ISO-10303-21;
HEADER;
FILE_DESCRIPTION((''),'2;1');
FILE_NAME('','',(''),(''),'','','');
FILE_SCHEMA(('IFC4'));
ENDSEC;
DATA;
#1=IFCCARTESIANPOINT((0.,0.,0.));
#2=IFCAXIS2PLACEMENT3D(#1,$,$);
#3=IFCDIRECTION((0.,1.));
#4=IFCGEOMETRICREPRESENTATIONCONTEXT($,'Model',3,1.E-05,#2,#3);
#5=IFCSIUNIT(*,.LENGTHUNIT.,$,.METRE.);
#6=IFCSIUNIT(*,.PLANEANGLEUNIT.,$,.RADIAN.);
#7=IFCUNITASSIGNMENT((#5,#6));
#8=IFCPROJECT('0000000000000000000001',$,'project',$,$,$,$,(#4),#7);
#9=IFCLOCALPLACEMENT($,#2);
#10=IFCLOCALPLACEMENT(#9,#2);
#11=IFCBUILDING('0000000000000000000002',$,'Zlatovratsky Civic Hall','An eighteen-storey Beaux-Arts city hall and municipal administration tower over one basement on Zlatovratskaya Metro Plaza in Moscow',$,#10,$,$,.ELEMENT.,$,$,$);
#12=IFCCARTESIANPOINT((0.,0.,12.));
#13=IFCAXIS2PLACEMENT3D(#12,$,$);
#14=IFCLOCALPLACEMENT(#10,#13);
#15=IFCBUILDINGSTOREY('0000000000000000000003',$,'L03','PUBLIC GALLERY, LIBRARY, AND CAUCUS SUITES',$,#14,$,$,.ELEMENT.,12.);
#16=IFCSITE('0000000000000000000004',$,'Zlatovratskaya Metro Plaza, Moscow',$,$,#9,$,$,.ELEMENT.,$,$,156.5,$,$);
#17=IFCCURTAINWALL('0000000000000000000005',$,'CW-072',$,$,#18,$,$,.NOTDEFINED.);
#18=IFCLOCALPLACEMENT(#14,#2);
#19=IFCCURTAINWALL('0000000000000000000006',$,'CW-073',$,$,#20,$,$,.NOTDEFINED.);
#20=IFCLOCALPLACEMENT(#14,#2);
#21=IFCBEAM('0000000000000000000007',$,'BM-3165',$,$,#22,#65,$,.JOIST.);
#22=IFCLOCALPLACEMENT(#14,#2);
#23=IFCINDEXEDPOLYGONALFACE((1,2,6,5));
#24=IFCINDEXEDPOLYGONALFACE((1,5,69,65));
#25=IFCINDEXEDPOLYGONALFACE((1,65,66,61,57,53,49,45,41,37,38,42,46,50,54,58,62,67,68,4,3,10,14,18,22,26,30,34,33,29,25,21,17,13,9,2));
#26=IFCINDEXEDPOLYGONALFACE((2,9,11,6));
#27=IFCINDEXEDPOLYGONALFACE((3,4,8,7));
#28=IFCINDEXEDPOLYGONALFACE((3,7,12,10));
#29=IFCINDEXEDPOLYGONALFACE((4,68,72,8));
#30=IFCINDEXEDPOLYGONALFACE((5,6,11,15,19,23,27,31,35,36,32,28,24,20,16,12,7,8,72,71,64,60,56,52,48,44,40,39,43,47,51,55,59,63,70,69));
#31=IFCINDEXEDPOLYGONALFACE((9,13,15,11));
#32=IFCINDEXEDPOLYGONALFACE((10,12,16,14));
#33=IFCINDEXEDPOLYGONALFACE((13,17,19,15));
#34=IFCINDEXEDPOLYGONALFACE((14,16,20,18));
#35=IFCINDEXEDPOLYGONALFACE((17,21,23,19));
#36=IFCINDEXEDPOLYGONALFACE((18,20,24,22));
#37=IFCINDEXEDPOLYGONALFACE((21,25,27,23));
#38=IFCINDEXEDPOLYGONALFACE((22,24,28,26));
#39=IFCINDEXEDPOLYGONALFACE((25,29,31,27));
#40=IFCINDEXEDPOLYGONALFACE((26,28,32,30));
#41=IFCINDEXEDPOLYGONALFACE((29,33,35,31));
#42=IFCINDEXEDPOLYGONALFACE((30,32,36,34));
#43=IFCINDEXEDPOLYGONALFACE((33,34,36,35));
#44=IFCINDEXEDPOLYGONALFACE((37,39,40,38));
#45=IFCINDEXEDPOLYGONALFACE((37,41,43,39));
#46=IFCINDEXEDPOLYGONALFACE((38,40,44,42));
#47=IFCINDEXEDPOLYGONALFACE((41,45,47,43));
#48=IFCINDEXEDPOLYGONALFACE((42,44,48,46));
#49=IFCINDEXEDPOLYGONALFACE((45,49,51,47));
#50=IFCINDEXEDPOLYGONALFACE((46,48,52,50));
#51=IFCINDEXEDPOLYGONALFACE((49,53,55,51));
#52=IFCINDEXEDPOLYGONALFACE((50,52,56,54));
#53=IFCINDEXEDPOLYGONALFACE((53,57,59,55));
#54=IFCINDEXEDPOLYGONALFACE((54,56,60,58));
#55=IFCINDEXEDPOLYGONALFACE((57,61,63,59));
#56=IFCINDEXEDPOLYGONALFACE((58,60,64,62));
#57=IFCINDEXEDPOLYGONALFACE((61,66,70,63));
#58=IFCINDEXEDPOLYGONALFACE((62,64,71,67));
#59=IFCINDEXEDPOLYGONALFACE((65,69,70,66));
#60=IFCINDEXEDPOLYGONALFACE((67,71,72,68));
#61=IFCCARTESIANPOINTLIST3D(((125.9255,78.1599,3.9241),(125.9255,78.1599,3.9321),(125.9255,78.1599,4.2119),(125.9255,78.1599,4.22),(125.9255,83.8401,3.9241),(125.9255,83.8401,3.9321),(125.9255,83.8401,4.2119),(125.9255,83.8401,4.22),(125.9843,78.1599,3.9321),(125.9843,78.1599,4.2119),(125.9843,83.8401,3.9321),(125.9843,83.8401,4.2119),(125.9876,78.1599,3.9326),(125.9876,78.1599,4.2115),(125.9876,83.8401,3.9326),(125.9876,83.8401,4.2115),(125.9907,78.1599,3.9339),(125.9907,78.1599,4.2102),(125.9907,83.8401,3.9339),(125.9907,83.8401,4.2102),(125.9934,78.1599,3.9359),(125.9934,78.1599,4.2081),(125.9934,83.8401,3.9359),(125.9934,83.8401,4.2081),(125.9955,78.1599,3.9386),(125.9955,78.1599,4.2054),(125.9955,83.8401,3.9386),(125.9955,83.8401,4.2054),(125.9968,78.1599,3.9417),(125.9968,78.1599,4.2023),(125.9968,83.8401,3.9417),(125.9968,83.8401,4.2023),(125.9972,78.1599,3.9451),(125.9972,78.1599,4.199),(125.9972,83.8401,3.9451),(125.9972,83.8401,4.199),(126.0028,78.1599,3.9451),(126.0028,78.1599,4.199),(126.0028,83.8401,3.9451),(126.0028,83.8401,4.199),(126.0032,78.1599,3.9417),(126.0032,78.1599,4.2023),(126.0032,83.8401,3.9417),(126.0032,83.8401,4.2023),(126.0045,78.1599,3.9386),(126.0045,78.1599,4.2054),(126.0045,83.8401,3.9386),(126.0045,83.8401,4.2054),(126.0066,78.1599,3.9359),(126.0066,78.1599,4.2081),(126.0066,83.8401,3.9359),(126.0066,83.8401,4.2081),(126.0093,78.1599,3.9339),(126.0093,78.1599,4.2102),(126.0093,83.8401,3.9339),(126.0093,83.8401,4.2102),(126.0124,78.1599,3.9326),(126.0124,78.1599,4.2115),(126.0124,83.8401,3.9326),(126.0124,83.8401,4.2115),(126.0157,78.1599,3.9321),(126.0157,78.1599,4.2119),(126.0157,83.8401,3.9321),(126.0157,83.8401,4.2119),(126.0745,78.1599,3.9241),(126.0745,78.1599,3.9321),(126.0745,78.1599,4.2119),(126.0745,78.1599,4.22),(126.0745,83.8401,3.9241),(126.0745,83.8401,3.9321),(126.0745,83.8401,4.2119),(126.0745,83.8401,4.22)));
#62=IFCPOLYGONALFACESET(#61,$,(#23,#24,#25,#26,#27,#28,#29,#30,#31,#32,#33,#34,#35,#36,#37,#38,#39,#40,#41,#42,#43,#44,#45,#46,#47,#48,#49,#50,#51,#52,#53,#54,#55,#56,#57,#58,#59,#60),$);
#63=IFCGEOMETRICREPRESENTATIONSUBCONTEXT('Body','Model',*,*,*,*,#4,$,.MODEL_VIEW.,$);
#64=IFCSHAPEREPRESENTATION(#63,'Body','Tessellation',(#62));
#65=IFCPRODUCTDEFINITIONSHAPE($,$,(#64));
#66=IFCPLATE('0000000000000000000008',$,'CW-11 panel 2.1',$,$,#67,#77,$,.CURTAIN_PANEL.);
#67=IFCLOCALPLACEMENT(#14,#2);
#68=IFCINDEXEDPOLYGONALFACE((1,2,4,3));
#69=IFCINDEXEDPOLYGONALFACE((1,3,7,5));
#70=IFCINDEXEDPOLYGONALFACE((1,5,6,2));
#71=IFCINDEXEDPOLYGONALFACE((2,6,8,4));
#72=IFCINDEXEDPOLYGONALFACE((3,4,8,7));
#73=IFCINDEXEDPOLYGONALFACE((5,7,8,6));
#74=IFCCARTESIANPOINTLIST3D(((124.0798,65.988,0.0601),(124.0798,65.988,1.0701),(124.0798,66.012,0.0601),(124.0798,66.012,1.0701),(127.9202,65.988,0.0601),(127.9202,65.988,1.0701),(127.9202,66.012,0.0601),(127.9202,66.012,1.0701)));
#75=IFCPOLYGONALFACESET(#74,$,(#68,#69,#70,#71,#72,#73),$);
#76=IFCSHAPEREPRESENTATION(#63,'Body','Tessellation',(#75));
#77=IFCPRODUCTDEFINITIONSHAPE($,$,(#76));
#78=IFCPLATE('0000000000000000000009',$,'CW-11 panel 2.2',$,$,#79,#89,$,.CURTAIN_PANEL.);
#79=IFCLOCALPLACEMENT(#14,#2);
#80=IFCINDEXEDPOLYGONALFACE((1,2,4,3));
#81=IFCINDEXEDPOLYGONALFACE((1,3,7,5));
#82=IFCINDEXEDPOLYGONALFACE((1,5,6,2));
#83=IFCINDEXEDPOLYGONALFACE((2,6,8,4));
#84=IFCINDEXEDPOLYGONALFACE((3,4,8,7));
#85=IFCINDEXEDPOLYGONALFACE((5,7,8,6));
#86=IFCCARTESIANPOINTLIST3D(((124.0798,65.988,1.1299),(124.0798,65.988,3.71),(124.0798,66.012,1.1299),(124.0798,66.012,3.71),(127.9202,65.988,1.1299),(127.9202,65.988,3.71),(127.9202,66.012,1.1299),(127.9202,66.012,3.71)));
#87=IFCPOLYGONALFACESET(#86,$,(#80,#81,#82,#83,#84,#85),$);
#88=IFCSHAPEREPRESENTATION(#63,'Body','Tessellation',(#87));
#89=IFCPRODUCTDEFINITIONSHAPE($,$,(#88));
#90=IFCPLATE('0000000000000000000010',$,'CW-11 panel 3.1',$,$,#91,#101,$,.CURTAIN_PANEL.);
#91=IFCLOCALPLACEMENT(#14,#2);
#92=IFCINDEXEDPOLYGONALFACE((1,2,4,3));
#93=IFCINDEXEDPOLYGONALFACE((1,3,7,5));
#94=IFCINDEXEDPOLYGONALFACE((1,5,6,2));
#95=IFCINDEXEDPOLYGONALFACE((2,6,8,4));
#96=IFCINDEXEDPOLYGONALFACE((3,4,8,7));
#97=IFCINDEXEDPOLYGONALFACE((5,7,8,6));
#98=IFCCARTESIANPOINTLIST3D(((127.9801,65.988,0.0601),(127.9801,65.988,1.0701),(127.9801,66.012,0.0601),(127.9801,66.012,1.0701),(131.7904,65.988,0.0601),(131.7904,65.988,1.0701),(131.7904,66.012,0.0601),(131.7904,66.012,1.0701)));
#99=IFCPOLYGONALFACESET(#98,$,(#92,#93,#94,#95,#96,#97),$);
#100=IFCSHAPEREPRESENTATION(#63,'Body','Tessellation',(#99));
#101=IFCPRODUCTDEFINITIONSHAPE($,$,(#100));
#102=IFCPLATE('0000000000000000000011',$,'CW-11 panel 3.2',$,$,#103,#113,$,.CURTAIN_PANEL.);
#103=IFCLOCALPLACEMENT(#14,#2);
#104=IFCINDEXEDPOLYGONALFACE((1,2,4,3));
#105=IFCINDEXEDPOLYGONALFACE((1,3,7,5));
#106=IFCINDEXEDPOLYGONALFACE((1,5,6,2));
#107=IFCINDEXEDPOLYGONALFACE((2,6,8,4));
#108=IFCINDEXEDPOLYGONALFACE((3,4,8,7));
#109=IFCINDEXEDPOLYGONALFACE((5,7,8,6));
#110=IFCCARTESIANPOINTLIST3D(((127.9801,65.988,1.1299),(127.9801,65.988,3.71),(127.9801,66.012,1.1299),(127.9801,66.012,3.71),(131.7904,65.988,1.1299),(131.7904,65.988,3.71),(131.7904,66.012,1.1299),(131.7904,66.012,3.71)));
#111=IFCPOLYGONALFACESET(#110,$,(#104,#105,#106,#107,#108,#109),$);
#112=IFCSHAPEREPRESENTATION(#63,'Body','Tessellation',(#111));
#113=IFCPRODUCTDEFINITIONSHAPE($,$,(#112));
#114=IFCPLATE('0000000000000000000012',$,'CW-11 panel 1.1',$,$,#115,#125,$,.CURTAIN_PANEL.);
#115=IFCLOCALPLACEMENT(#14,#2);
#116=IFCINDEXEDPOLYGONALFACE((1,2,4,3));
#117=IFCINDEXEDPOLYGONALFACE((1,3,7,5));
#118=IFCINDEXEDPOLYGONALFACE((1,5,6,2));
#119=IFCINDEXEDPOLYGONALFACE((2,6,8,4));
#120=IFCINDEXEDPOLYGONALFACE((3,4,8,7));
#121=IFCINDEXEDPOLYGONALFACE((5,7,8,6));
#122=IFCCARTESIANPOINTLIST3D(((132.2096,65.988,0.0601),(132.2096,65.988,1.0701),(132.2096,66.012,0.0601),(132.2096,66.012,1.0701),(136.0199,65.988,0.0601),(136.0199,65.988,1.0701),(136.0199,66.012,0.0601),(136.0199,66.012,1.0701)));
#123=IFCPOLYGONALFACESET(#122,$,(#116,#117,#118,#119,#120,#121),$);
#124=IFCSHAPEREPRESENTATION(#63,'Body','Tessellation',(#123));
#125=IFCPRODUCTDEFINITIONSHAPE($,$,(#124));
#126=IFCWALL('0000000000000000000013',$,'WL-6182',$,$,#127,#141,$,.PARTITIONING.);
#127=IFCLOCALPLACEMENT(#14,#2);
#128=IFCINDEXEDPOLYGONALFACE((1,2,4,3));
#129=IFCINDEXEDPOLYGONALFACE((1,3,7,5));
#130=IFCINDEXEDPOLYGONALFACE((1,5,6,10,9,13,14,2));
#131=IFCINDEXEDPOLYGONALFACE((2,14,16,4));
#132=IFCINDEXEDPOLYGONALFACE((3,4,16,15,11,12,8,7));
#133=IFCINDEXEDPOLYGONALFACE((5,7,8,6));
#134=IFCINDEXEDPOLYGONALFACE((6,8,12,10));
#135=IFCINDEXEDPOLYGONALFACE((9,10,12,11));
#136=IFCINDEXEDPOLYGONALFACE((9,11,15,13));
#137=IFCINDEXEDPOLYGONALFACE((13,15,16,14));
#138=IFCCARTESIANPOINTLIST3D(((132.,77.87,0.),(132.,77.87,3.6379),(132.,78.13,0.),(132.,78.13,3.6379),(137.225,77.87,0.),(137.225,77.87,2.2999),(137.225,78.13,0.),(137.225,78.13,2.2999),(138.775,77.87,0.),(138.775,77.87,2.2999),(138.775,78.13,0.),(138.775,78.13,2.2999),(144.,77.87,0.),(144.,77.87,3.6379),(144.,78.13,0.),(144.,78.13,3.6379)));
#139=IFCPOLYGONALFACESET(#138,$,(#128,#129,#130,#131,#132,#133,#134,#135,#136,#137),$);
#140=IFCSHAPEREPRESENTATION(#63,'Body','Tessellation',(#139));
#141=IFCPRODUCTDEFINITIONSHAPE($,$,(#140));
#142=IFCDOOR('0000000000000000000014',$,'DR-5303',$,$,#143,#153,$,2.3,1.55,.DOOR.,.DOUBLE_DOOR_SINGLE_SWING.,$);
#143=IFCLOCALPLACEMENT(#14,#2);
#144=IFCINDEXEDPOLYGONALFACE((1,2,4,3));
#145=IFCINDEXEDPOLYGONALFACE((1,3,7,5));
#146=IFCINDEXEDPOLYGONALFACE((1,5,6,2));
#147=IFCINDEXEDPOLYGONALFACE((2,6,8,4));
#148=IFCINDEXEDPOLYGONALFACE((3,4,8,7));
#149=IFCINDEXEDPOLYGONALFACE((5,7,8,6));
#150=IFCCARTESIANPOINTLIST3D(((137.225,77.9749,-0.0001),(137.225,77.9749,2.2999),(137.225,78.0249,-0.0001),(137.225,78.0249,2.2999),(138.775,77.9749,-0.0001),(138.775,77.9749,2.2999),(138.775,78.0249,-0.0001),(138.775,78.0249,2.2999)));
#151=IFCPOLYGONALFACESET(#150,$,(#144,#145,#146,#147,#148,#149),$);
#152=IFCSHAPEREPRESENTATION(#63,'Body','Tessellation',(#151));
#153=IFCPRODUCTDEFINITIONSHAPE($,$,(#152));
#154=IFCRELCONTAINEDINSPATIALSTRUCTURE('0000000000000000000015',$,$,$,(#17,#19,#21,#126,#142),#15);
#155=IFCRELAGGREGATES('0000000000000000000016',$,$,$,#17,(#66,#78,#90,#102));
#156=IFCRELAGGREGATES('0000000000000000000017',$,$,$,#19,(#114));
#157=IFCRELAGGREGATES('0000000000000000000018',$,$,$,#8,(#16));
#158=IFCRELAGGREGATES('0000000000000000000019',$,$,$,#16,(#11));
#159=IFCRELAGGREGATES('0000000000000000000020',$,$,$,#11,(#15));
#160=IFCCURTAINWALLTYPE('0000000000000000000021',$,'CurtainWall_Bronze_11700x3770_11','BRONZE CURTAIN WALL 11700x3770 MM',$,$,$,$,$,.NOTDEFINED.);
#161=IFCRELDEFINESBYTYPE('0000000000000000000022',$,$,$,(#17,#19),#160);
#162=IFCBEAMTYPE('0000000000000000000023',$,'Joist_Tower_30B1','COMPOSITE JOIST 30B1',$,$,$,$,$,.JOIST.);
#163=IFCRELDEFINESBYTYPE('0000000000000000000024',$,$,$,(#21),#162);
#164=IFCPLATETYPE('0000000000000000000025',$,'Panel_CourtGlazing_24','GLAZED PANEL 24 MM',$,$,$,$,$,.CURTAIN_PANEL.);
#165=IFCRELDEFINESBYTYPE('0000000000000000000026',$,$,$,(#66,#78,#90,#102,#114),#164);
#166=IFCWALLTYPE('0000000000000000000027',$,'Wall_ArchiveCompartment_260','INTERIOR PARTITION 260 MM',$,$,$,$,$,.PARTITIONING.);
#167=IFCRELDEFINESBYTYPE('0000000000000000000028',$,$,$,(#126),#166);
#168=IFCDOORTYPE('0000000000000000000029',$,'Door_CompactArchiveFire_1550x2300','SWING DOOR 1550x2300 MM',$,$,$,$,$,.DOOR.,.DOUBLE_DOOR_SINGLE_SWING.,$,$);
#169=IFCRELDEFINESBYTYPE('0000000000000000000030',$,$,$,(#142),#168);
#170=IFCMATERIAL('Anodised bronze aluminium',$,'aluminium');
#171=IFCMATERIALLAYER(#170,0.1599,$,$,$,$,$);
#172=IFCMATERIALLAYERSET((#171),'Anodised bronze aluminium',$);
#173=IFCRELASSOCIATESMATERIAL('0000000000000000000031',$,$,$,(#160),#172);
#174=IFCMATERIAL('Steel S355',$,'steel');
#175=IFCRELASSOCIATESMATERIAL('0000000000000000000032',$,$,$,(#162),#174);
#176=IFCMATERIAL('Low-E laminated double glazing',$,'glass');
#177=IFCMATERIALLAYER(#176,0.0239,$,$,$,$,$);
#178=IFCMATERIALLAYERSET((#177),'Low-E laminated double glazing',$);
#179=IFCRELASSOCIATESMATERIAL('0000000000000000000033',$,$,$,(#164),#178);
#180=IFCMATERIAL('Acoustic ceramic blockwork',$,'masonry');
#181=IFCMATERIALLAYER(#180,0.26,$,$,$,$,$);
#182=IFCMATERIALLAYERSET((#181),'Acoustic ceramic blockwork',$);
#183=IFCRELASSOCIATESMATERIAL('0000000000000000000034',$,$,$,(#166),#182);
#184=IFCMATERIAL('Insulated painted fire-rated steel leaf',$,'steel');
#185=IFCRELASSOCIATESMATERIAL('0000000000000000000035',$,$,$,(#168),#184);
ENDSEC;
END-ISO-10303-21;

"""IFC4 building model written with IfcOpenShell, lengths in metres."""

from ifc_helpers import new_model, si_unit, direction, frame, frame_2d, origin, origin_2d, place, context, subcontext, project, spatial, rectangle, i_section, extrude, material, layer, layer_set, material_profile, profile_set, type_object, element, fill, aggregate, save


model = new_model("IFC4")

# Units and contexts
model_context = context("Model", 3, precision=1e-05, world=origin(), true_north=direction((0.0, 1.0)))
body_context = subcontext(model_context, "Body", "Model", "MODEL_VIEW")
ifc_project = project(units=[si_unit("LENGTHUNIT", "METRE"), si_unit("PLANEANGLEUNIT", "RADIAN")], contexts=[model_context])

# Site, building, storey
site_placement = place(None, origin())
site = spatial("IfcSite", under=ifc_project, at=site_placement, Name="Zlatovratskaya Metro Plaza, Moscow", CompositionType="ELEMENT", RefElevation=156.5)
building_placement = place(site_placement, origin())
building = spatial("IfcBuilding", under=site, at=building_placement, Name="Zlatovratsky Civic Hall", Description="An eighteen-storey Beaux-Arts city hall and municipal administration tower over one basement on Zlatovratskaya Metro Plaza in Moscow", CompositionType="ELEMENT")
storey_placement = place(building_placement, frame((0.0, 0.0, 12.0)))
storey = spatial("IfcBuildingStorey", under=building, at=storey_placement, Name="L03", Description="PUBLIC GALLERY, LIBRARY, AND CAUCUS SUITES", CompositionType="ELEMENT", Elevation=12.0)

# Shared definitions
ifc_material_1 = material(Name="Steel S355", Category="steel")

# Curtain wall
ifc_material_2 = material(Name="Anodised bronze aluminium", Category="aluminium")
ifc_layer_1 = layer(ifc_material_2, 0.1599)
ifc_layer_set_1 = layer_set([ifc_layer_1], Name="Anodised bronze aluminium")
curtain_wall_type = type_object("IfcCurtainWallType", Name="CurtainWall_Bronze_11700x3770_11", Description="BRONZE CURTAIN WALL 11700x3770 MM", PredefinedType="NOTDEFINED", material=ifc_layer_set_1)
curtain_wall_1_placement = place(storey_placement, origin())
curtain_wall_1 = element("IfcCurtainWall", 1, at=curtain_wall_1_placement, inside=storey, type_object=curtain_wall_type, Name="CW-072", PredefinedType="NOTDEFINED")

# Curtain wall
curtain_wall_2_placement = place(storey_placement, origin())
curtain_wall_2 = element("IfcCurtainWall", 2, at=curtain_wall_2_placement, inside=storey, type_object=curtain_wall_type, Name="CW-073", PredefinedType="NOTDEFINED")

# Beam
ifc_material_profile_1 = material_profile(ifc_material_1, i_section(OverallWidth=0.1489, OverallDepth=0.2959, WebThickness=0.0056, FlangeThickness=0.0081, FilletRadius=0.0129, at=origin_2d()), Name="30B1")
ifc_profile_set_1 = profile_set([ifc_material_profile_1], Name="Steel S355")
beam_type_1 = type_object("IfcBeamType", Name="Joist_Tower_30B1", Description="COMPOSITE JOIST 30B1", PredefinedType="JOIST", material=ifc_profile_set_1)
for number, where, z_axis, x_axis, name in (
    (3, (126.0, 78.1599, 4.072), (0.0, 1.0, 0.0), (-1.0, 0.0, 0.0), "BM-3165"),
):
    element("IfcBeam", number, at=place(storey_placement, frame(where, z_axis=z_axis, x_axis=x_axis)), inside=storey, type_object=beam_type_1, Name=name, PredefinedType="JOIST", context=body_context, shape_type="SweptSolid", body=[
        extrude(i_section(OverallWidth=0.1489, OverallDepth=0.2959, WebThickness=0.0056, FlangeThickness=0.0081, FilletRadius=0.0129, at=origin_2d()), origin(), (0.0, 0.0, 1.0), 5.6802),
    ])

# Plates
ifc_material_3 = material(Name="Low-E laminated double glazing", Category="glass")
ifc_layer_2 = layer(ifc_material_3, 0.0239)
ifc_layer_set_2 = layer_set([ifc_layer_2], Name="Low-E laminated double glazing")
plate_type = type_object("IfcPlateType", Name="Panel_CourtGlazing_24", Description="GLAZED PANEL 24 MM", PredefinedType="CURTAIN_PANEL", material=ifc_layer_set_2)
plate_1_placement = place(storey_placement, frame((126.0, 66.0, 0.0601), z_axis=(0.0, 0.0, 1.0), x_axis=(1.0, 0.0, 0.0)))
plate_1 = element("IfcPlate", 4, at=plate_1_placement, type_object=plate_type, Name="CW-11 panel 2.1", PredefinedType="CURTAIN_PANEL", context=body_context, shape_type="SweptSolid", body=[
    extrude(rectangle(XDim=3.8403, YDim=0.0239, at=origin_2d()), origin(), (0.0, 0.0, 1.0), 1.01),
])
plate_2_placement = place(storey_placement, frame((126.0, 66.0, 1.1299), z_axis=(0.0, 0.0, 1.0), x_axis=(1.0, 0.0, 0.0)))
plate_2 = element("IfcPlate", 5, at=plate_2_placement, type_object=plate_type, Name="CW-11 panel 2.2", PredefinedType="CURTAIN_PANEL", context=body_context, shape_type="SweptSolid", body=[
    extrude(rectangle(XDim=3.8403, YDim=0.0239, at=origin_2d()), origin(), (0.0, 0.0, 1.0), 2.5801),
])
plate_3_placement = place(storey_placement, frame((129.8853, 66.0, 0.0601), z_axis=(0.0, 0.0, 1.0), x_axis=(1.0, 0.0, 0.0)))
plate_3 = element("IfcPlate", 6, at=plate_3_placement, type_object=plate_type, Name="CW-11 panel 3.1", PredefinedType="CURTAIN_PANEL", context=body_context, shape_type="SweptSolid", body=[
    extrude(rectangle(XDim=3.8103, YDim=0.0239, at=origin_2d()), origin(), (0.0, 0.0, 1.0), 1.01),
])
plate_4_placement = place(storey_placement, frame((129.8853, 66.0, 1.1299), z_axis=(0.0, 0.0, 1.0), x_axis=(1.0, 0.0, 0.0)))
plate_4 = element("IfcPlate", 7, at=plate_4_placement, type_object=plate_type, Name="CW-11 panel 3.2", PredefinedType="CURTAIN_PANEL", context=body_context, shape_type="SweptSolid", body=[
    extrude(rectangle(XDim=3.8103, YDim=0.0239, at=origin_2d()), origin(), (0.0, 0.0, 1.0), 2.5801),
])
aggregate(curtain_wall_1, [plate_1, plate_2, plate_3, plate_4])
plate_5_placement = place(storey_placement, frame((134.1147, 66.0, 0.0601), z_axis=(0.0, 0.0, 1.0), x_axis=(1.0, 0.0, 0.0)))
plate_5 = element("IfcPlate", 8, at=plate_5_placement, type_object=plate_type, Name="CW-11 panel 1.1", PredefinedType="CURTAIN_PANEL", context=body_context, shape_type="SweptSolid", body=[
    extrude(rectangle(XDim=3.8103, YDim=0.0239, at=origin_2d()), origin(), (0.0, 0.0, 1.0), 1.01),
])
aggregate(curtain_wall_2, [plate_5])

# Wall, opening, door
ifc_material_4 = material(Name="Acoustic ceramic blockwork", Category="masonry")
ifc_layer_3 = layer(ifc_material_4, 0.26)
ifc_layer_set_3 = layer_set([ifc_layer_3], Name="Acoustic ceramic blockwork")
wall_type = type_object("IfcWallType", Name="Wall_ArchiveCompartment_260", Description="INTERIOR PARTITION 260 MM", PredefinedType="PARTITIONING", material=ifc_layer_set_3)
wall_placement = place(storey_placement, frame((132.0, 78.0, 0.0), z_axis=(0.0, 0.0, 1.0), x_axis=(1.0, 0.0, 0.0)))
wall = element("IfcWall", 9, at=wall_placement, inside=storey, type_object=wall_type, Name="WL-6182", PredefinedType="PARTITIONING", context=body_context, shape_type="SweptSolid", body=[
    extrude(rectangle(XDim=12.0, YDim=0.26, at=frame_2d((6.0, 0.0))), origin(), (0.0, 0.0, 1.0), 3.6379),
])
opening_placement = place(wall_placement, frame((5.2251, 0.0, 0.0)))
opening = element("IfcOpeningElement", 10, at=opening_placement, cuts=wall, PredefinedType="OPENING", context=body_context, shape_type="SweptSolid", body=[
    extrude(rectangle(XDim=1.55, YDim=2.3, at=frame_2d((0.7749, 1.1499))), frame((0.0, 0.145, 0.0), z_axis=(0.0, -1.0, 0.0), x_axis=(1.0, 0.0, 0.0)), (0.0, 0.0, 1.0), 0.2898),
])
ifc_material_5 = material(Name="Insulated painted fire-rated steel leaf", Category="steel")
door_type = type_object("IfcDoorType", Name="Door_CompactArchiveFire_1550x2300", Description="SWING DOOR 1550x2300 MM", OperationType="DOUBLE_DOOR_SINGLE_SWING", PredefinedType="DOOR", material=ifc_material_5)
door_placement = place(opening_placement, origin())
door = element("IfcDoor", 11, at=door_placement, inside=storey, type_object=door_type, Name="DR-5303", OperationType="DOUBLE_DOOR_SINGLE_SWING", OverallHeight=2.3, OverallWidth=1.55, PredefinedType="DOOR", context=body_context, shape_type="SweptSolid", body=[
    extrude(rectangle(XDim=1.55, YDim=2.3, at=frame_2d((0.7749, 1.1499))), frame((0.0, 0.0249, 0.0), z_axis=(0.0, -1.0, 0.0), x_axis=(1.0, 0.0, 0.0)), (0.0, 0.0, 1.0), 0.05),
])
fill(opening, door)

save(model, "model.ifc")
